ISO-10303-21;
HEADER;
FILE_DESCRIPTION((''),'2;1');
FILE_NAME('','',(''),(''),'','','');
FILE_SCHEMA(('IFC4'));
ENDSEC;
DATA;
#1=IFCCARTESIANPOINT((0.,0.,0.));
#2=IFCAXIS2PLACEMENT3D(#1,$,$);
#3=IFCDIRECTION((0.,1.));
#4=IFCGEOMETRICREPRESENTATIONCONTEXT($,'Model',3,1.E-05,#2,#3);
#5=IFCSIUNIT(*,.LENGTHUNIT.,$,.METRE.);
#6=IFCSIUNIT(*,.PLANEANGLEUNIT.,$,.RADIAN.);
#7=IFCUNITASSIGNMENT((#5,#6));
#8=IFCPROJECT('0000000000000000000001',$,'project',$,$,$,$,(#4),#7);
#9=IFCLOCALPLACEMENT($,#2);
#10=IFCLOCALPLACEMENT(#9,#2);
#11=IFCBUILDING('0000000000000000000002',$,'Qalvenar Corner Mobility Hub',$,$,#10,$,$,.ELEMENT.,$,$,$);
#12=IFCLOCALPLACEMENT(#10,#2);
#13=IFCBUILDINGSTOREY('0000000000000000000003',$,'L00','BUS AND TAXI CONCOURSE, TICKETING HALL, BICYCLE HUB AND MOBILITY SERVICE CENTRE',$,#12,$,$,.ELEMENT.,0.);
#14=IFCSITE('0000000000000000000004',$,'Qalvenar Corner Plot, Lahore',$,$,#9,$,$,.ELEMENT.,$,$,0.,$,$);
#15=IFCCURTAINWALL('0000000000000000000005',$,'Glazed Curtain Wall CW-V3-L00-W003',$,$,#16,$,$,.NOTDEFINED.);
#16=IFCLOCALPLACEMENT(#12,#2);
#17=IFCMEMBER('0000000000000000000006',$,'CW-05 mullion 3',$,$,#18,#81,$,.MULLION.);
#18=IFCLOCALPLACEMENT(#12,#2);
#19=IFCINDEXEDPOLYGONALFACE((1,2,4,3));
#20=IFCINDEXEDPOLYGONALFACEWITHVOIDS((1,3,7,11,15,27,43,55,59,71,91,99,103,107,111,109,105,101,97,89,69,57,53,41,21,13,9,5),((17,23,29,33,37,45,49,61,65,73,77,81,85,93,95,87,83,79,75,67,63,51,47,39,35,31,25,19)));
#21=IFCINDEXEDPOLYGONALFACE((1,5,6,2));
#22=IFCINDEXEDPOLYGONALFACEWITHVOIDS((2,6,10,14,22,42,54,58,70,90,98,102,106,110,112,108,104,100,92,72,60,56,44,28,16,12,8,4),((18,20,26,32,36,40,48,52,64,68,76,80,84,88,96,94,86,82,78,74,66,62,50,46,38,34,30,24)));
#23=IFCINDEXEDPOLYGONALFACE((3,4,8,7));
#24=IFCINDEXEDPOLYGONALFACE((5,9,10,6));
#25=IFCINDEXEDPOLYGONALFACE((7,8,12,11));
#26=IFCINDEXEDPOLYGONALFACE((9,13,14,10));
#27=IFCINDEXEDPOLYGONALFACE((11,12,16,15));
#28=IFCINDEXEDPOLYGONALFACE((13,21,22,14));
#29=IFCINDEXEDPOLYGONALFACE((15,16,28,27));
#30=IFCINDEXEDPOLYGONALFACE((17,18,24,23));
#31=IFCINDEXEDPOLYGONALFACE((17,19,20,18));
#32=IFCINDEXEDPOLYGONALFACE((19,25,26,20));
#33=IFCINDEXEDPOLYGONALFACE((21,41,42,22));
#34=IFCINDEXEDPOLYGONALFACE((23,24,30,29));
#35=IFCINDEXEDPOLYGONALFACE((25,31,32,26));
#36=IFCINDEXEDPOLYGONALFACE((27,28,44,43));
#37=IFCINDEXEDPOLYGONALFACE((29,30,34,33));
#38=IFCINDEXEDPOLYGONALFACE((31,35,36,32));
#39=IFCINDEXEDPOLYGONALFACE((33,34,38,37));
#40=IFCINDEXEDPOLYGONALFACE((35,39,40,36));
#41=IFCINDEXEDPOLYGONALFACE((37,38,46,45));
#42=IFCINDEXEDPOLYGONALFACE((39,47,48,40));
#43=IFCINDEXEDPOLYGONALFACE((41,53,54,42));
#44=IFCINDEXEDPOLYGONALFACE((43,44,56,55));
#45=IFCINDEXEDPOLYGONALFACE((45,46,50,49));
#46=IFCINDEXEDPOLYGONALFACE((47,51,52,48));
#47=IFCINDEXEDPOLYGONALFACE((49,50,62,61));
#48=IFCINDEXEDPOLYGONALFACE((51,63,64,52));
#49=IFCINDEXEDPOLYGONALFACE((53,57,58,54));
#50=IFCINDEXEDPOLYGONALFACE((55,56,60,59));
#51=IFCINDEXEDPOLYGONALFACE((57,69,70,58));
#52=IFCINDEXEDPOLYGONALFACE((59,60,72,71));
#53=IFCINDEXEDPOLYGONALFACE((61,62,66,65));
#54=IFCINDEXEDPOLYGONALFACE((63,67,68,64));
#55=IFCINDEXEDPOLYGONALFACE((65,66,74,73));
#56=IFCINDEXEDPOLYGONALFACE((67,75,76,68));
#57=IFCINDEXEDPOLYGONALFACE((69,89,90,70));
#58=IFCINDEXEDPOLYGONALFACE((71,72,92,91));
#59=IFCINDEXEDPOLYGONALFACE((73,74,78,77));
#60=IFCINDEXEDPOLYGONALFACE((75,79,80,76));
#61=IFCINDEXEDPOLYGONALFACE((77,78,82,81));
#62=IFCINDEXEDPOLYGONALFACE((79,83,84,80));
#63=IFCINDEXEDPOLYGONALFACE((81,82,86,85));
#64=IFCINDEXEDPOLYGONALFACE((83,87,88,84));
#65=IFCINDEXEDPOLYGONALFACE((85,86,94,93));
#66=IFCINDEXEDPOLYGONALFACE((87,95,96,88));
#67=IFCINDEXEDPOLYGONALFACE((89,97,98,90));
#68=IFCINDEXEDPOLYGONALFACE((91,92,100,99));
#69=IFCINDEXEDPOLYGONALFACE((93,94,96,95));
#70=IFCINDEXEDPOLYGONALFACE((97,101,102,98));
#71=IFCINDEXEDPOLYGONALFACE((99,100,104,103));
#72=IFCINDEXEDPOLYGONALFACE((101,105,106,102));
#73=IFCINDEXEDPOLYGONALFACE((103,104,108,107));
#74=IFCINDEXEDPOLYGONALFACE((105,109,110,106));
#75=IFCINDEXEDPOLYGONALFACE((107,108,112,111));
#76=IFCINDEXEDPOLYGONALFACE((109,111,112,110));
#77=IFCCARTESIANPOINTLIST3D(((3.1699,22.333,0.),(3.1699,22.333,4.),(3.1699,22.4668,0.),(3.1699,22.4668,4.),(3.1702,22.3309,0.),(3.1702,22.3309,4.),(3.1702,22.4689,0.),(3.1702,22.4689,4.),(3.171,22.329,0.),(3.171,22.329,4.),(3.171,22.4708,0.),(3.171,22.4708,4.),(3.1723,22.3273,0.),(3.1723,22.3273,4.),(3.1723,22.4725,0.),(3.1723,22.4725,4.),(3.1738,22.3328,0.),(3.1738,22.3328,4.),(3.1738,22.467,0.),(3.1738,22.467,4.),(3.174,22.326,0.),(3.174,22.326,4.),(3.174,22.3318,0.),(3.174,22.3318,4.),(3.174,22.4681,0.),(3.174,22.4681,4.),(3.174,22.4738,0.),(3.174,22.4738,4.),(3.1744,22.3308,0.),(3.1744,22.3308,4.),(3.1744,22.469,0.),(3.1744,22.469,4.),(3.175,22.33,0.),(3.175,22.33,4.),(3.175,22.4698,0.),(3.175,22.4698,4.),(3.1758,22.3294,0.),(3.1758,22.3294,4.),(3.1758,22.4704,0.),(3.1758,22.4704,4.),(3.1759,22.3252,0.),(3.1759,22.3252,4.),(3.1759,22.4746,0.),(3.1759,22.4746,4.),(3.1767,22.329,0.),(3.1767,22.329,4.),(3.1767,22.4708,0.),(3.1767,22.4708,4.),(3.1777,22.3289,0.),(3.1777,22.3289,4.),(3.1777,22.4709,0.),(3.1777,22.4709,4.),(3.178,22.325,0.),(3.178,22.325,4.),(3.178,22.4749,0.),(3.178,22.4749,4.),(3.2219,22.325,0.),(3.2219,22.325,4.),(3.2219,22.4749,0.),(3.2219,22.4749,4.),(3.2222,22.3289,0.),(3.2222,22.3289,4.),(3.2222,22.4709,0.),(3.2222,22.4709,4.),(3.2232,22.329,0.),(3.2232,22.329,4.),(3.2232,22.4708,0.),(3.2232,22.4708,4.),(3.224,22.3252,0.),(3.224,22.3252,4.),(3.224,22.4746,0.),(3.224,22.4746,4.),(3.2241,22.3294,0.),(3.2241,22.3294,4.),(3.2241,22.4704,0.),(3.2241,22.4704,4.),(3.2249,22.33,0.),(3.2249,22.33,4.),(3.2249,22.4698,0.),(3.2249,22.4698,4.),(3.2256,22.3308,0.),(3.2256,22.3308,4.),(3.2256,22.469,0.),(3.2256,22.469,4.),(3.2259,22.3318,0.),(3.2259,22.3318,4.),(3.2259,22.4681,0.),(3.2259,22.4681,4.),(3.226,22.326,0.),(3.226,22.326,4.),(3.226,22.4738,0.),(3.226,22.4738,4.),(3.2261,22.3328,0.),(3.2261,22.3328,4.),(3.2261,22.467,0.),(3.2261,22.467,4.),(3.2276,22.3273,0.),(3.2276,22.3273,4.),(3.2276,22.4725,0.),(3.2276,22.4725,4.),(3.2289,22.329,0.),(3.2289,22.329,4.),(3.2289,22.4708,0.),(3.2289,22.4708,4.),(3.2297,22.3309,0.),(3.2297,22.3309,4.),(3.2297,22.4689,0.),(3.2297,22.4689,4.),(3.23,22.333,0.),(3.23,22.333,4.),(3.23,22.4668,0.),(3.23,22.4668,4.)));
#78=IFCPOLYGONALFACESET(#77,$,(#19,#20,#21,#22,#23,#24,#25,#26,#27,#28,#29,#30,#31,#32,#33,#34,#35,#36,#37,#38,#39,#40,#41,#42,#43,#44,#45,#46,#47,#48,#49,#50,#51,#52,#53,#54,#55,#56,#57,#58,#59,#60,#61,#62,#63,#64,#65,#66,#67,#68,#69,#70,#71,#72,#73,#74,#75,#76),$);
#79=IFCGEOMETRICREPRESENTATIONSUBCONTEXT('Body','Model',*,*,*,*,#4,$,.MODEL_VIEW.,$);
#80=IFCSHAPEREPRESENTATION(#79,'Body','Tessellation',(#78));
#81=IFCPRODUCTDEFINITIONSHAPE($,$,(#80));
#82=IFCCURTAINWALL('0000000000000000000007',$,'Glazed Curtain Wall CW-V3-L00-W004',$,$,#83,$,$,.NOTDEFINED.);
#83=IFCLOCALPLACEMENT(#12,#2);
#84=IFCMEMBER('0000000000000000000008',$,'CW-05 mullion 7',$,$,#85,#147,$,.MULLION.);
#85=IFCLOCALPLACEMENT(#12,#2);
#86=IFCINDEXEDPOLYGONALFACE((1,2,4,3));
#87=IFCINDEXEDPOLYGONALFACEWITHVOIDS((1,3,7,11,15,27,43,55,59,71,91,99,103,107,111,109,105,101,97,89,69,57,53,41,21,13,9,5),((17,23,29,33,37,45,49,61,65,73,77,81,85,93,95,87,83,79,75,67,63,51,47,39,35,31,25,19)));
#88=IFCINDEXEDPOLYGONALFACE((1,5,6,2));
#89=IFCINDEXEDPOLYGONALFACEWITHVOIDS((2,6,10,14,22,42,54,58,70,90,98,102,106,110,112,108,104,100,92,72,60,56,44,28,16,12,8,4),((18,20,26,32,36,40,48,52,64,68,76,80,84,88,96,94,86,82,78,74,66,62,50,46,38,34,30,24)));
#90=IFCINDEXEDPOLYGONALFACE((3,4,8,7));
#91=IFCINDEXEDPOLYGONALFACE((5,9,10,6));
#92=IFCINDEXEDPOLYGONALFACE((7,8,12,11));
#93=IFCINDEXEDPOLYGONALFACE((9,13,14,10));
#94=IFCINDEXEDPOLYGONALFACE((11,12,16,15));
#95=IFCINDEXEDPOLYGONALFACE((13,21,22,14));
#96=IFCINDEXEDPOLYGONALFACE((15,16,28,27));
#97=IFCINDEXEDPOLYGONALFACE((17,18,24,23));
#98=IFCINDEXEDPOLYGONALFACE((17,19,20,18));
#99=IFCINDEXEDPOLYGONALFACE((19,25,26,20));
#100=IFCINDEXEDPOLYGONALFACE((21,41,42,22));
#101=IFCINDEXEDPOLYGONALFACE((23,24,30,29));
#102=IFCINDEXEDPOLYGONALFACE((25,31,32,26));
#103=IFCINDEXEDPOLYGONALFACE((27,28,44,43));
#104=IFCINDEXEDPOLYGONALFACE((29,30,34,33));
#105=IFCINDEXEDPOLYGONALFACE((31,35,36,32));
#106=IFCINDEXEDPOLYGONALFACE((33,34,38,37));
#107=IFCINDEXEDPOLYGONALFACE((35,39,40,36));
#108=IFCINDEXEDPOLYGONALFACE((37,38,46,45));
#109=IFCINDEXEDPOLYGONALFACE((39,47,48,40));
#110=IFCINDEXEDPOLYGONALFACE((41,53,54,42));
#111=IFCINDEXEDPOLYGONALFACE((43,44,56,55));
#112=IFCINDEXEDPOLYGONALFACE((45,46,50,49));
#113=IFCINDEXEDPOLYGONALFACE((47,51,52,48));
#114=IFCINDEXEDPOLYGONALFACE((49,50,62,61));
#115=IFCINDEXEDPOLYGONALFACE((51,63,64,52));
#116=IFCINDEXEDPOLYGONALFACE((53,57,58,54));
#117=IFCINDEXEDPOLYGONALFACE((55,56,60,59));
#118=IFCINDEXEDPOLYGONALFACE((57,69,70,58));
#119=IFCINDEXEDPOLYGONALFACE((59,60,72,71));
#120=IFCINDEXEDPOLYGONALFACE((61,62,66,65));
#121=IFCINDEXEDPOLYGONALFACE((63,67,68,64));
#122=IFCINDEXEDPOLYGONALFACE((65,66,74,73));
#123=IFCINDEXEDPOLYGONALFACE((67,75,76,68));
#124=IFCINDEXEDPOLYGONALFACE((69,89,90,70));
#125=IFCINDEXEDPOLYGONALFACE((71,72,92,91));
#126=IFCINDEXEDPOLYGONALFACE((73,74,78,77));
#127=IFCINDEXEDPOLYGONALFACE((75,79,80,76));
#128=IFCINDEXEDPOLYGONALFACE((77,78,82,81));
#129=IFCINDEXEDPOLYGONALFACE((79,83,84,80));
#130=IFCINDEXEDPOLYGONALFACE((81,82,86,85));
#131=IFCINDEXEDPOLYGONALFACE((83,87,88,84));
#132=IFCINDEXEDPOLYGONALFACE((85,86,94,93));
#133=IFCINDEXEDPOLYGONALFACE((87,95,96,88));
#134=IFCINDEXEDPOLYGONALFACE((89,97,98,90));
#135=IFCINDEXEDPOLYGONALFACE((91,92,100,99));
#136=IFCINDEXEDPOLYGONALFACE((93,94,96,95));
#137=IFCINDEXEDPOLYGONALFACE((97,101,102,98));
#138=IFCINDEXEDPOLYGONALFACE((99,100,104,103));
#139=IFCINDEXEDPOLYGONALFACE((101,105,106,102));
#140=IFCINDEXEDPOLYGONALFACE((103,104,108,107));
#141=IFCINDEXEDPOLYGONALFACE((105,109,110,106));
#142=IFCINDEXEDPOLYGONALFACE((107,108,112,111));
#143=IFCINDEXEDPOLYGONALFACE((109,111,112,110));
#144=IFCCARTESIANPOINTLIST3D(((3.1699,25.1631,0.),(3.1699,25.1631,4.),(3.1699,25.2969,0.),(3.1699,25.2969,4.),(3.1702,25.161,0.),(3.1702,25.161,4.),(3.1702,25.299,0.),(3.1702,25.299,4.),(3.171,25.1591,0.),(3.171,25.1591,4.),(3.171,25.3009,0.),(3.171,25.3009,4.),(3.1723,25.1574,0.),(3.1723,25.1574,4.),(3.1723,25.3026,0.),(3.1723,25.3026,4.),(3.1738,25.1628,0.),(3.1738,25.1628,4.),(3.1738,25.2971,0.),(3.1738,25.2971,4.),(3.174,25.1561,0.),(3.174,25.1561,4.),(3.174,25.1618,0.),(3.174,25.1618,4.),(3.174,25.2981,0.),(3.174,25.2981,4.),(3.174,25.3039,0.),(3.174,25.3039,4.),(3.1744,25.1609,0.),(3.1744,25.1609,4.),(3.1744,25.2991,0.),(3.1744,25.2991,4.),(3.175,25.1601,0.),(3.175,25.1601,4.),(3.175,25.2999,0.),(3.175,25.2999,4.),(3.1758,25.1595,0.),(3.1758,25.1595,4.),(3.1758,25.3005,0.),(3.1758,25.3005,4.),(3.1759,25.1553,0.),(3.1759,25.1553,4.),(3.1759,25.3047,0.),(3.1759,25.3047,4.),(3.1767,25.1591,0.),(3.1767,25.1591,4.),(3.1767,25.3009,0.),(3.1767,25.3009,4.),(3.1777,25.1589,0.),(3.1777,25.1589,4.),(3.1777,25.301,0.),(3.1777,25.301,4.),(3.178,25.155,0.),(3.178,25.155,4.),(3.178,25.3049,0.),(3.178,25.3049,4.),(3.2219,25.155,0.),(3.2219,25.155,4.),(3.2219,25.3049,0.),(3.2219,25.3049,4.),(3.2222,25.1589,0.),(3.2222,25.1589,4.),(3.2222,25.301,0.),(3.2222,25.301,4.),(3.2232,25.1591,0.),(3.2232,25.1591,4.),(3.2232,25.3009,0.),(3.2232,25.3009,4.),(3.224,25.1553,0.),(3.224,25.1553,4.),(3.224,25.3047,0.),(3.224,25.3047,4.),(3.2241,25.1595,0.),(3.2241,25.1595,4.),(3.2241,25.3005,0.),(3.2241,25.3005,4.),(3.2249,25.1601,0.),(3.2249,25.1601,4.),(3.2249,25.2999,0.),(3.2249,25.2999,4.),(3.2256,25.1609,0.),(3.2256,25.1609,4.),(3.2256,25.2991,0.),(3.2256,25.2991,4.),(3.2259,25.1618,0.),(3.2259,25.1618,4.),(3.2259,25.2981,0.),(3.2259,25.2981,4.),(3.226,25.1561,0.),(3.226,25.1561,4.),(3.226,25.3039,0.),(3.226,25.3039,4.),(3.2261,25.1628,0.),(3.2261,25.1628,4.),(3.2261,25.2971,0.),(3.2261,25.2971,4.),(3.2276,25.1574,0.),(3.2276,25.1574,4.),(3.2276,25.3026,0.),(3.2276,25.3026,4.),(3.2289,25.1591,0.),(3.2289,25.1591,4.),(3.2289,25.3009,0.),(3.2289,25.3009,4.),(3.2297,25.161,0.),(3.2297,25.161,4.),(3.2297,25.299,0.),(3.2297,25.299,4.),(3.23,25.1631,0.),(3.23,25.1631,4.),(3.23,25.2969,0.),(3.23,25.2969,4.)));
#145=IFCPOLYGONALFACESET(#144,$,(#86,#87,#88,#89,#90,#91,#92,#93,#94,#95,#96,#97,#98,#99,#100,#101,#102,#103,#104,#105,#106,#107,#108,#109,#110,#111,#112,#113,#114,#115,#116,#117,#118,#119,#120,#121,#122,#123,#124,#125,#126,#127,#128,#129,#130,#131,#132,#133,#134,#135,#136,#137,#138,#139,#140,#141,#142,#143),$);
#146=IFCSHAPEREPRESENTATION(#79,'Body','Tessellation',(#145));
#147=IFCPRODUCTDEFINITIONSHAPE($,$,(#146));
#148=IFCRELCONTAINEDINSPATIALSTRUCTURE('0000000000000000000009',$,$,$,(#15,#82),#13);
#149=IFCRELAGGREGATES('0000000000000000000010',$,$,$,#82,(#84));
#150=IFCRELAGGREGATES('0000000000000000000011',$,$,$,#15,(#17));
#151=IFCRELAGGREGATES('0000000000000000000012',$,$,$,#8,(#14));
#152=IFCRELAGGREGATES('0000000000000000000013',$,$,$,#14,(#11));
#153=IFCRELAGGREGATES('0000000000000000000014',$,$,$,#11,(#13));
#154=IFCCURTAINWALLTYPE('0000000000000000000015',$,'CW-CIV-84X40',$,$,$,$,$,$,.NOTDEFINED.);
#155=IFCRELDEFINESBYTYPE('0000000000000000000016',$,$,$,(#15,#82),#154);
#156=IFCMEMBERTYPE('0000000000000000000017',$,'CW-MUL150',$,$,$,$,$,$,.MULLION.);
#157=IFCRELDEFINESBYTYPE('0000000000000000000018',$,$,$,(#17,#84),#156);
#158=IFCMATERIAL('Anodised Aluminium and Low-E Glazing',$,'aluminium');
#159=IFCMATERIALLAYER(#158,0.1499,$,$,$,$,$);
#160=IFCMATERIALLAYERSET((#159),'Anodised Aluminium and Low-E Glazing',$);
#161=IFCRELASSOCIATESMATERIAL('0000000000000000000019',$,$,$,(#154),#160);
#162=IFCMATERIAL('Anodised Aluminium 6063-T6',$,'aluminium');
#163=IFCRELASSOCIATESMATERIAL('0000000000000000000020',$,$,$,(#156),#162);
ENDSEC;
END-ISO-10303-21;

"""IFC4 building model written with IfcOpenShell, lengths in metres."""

from ifc_helpers import new_model, si_unit, direction, frame, origin, origin_2d, place, context, subcontext, project, spatial, hollow_rectangle, extrude, material, layer, layer_set, material_profile, profile_set, type_object, element, aggregate, save


model = new_model("IFC4")

# Units and contexts
model_context = context("Model", 3, precision=1e-05, world=origin(), true_north=direction((0.0, 1.0)))
body_context = subcontext(model_context, "Body", "Model", "MODEL_VIEW")
ifc_project = project(units=[si_unit("LENGTHUNIT", "METRE"), si_unit("PLANEANGLEUNIT", "RADIAN")], contexts=[model_context])

# Site, building, storey
site_placement = place(None, origin())
site = spatial("IfcSite", under=ifc_project, at=site_placement, Name="Qalvenar Corner Plot, Lahore", CompositionType="ELEMENT", RefElevation=0.0)
building_placement = place(site_placement, origin())
building = spatial("IfcBuilding", under=site, at=building_placement, Name="Qalvenar Corner Mobility Hub", CompositionType="ELEMENT")
storey_placement = place(building_placement, origin())
storey = spatial("IfcBuildingStorey", under=building, at=storey_placement, Name="L00", Description="BUS AND TAXI CONCOURSE, TICKETING HALL, BICYCLE HUB AND MOBILITY SERVICE CENTRE", CompositionType="ELEMENT", Elevation=0.0)

# Curtain wall, member
ifc_material_1 = material(Name="Anodised Aluminium and Low-E Glazing", Category="aluminium")
ifc_layer_1 = layer(ifc_material_1, 0.1499)
ifc_layer_set_1 = layer_set([ifc_layer_1], Name="Anodised Aluminium and Low-E Glazing")
curtain_wall_type = type_object("IfcCurtainWallType", Name="CW-CIV-84X40", PredefinedType="NOTDEFINED", material=ifc_layer_set_1)
curtain_wall_1_placement = place(storey_placement, origin())
curtain_wall_1 = element("IfcCurtainWall", 1, at=curtain_wall_1_placement, inside=storey, type_object=curtain_wall_type, Name="Glazed Curtain Wall CW-V3-L00-W003", PredefinedType="NOTDEFINED")
ifc_material_2 = material(Name="Anodised Aluminium 6063-T6", Category="aluminium")
ifc_material_profile_1 = material_profile(ifc_material_2, hollow_rectangle(XDim=0.0601, YDim=0.1499, WallThickness=0.0039, InnerFilletRadius=0.0039, OuterFilletRadius=0.0081, at=origin_2d()), Name="RHS150x60x4")
ifc_profile_set_1 = profile_set([ifc_material_profile_1], Name="Anodised Aluminium 6063-T6")
member_type_1 = type_object("IfcMemberType", Name="CW-MUL150", PredefinedType="MULLION", material=ifc_profile_set_1)
member_1_placement = place(storey_placement, frame((3.2, 22.3999, 0.0), z_axis=(0.0, 0.0, 1.0), x_axis=(1.0, 0.0, 0.0)))
member_1 = element("IfcMember", 2, at=member_1_placement, type_object=member_type_1, Name="CW-05 mullion 3", PredefinedType="MULLION", context=body_context, shape_type="SweptSolid", body=[
    extrude(hollow_rectangle(XDim=0.0601, YDim=0.1499, WallThickness=0.0039, InnerFilletRadius=0.0039, OuterFilletRadius=0.0081, at=origin_2d()), origin(), (0.0, 0.0, 1.0), 4.0),
])

# Curtain wall, member
curtain_wall_2_placement = place(storey_placement, origin())
curtain_wall_2 = element("IfcCurtainWall", 3, at=curtain_wall_2_placement, inside=storey, type_object=curtain_wall_type, Name="Glazed Curtain Wall CW-V3-L00-W004", PredefinedType="NOTDEFINED")
member_2_placement = place(storey_placement, frame((3.2, 25.23, 0.0), z_axis=(0.0, 0.0, 1.0), x_axis=(1.0, 0.0, 0.0)))
member_2 = element("IfcMember", 4, at=member_2_placement, type_object=member_type_1, Name="CW-05 mullion 7", PredefinedType="MULLION", context=body_context, shape_type="SweptSolid", body=[
    extrude(hollow_rectangle(XDim=0.0601, YDim=0.1499, WallThickness=0.0039, InnerFilletRadius=0.0039, OuterFilletRadius=0.0081, at=origin_2d()), origin(), (0.0, 0.0, 1.0), 4.0),
])
aggregate(curtain_wall_2, [member_2])

aggregate(curtain_wall_1, [member_1])

save(model, "model.ifc")
